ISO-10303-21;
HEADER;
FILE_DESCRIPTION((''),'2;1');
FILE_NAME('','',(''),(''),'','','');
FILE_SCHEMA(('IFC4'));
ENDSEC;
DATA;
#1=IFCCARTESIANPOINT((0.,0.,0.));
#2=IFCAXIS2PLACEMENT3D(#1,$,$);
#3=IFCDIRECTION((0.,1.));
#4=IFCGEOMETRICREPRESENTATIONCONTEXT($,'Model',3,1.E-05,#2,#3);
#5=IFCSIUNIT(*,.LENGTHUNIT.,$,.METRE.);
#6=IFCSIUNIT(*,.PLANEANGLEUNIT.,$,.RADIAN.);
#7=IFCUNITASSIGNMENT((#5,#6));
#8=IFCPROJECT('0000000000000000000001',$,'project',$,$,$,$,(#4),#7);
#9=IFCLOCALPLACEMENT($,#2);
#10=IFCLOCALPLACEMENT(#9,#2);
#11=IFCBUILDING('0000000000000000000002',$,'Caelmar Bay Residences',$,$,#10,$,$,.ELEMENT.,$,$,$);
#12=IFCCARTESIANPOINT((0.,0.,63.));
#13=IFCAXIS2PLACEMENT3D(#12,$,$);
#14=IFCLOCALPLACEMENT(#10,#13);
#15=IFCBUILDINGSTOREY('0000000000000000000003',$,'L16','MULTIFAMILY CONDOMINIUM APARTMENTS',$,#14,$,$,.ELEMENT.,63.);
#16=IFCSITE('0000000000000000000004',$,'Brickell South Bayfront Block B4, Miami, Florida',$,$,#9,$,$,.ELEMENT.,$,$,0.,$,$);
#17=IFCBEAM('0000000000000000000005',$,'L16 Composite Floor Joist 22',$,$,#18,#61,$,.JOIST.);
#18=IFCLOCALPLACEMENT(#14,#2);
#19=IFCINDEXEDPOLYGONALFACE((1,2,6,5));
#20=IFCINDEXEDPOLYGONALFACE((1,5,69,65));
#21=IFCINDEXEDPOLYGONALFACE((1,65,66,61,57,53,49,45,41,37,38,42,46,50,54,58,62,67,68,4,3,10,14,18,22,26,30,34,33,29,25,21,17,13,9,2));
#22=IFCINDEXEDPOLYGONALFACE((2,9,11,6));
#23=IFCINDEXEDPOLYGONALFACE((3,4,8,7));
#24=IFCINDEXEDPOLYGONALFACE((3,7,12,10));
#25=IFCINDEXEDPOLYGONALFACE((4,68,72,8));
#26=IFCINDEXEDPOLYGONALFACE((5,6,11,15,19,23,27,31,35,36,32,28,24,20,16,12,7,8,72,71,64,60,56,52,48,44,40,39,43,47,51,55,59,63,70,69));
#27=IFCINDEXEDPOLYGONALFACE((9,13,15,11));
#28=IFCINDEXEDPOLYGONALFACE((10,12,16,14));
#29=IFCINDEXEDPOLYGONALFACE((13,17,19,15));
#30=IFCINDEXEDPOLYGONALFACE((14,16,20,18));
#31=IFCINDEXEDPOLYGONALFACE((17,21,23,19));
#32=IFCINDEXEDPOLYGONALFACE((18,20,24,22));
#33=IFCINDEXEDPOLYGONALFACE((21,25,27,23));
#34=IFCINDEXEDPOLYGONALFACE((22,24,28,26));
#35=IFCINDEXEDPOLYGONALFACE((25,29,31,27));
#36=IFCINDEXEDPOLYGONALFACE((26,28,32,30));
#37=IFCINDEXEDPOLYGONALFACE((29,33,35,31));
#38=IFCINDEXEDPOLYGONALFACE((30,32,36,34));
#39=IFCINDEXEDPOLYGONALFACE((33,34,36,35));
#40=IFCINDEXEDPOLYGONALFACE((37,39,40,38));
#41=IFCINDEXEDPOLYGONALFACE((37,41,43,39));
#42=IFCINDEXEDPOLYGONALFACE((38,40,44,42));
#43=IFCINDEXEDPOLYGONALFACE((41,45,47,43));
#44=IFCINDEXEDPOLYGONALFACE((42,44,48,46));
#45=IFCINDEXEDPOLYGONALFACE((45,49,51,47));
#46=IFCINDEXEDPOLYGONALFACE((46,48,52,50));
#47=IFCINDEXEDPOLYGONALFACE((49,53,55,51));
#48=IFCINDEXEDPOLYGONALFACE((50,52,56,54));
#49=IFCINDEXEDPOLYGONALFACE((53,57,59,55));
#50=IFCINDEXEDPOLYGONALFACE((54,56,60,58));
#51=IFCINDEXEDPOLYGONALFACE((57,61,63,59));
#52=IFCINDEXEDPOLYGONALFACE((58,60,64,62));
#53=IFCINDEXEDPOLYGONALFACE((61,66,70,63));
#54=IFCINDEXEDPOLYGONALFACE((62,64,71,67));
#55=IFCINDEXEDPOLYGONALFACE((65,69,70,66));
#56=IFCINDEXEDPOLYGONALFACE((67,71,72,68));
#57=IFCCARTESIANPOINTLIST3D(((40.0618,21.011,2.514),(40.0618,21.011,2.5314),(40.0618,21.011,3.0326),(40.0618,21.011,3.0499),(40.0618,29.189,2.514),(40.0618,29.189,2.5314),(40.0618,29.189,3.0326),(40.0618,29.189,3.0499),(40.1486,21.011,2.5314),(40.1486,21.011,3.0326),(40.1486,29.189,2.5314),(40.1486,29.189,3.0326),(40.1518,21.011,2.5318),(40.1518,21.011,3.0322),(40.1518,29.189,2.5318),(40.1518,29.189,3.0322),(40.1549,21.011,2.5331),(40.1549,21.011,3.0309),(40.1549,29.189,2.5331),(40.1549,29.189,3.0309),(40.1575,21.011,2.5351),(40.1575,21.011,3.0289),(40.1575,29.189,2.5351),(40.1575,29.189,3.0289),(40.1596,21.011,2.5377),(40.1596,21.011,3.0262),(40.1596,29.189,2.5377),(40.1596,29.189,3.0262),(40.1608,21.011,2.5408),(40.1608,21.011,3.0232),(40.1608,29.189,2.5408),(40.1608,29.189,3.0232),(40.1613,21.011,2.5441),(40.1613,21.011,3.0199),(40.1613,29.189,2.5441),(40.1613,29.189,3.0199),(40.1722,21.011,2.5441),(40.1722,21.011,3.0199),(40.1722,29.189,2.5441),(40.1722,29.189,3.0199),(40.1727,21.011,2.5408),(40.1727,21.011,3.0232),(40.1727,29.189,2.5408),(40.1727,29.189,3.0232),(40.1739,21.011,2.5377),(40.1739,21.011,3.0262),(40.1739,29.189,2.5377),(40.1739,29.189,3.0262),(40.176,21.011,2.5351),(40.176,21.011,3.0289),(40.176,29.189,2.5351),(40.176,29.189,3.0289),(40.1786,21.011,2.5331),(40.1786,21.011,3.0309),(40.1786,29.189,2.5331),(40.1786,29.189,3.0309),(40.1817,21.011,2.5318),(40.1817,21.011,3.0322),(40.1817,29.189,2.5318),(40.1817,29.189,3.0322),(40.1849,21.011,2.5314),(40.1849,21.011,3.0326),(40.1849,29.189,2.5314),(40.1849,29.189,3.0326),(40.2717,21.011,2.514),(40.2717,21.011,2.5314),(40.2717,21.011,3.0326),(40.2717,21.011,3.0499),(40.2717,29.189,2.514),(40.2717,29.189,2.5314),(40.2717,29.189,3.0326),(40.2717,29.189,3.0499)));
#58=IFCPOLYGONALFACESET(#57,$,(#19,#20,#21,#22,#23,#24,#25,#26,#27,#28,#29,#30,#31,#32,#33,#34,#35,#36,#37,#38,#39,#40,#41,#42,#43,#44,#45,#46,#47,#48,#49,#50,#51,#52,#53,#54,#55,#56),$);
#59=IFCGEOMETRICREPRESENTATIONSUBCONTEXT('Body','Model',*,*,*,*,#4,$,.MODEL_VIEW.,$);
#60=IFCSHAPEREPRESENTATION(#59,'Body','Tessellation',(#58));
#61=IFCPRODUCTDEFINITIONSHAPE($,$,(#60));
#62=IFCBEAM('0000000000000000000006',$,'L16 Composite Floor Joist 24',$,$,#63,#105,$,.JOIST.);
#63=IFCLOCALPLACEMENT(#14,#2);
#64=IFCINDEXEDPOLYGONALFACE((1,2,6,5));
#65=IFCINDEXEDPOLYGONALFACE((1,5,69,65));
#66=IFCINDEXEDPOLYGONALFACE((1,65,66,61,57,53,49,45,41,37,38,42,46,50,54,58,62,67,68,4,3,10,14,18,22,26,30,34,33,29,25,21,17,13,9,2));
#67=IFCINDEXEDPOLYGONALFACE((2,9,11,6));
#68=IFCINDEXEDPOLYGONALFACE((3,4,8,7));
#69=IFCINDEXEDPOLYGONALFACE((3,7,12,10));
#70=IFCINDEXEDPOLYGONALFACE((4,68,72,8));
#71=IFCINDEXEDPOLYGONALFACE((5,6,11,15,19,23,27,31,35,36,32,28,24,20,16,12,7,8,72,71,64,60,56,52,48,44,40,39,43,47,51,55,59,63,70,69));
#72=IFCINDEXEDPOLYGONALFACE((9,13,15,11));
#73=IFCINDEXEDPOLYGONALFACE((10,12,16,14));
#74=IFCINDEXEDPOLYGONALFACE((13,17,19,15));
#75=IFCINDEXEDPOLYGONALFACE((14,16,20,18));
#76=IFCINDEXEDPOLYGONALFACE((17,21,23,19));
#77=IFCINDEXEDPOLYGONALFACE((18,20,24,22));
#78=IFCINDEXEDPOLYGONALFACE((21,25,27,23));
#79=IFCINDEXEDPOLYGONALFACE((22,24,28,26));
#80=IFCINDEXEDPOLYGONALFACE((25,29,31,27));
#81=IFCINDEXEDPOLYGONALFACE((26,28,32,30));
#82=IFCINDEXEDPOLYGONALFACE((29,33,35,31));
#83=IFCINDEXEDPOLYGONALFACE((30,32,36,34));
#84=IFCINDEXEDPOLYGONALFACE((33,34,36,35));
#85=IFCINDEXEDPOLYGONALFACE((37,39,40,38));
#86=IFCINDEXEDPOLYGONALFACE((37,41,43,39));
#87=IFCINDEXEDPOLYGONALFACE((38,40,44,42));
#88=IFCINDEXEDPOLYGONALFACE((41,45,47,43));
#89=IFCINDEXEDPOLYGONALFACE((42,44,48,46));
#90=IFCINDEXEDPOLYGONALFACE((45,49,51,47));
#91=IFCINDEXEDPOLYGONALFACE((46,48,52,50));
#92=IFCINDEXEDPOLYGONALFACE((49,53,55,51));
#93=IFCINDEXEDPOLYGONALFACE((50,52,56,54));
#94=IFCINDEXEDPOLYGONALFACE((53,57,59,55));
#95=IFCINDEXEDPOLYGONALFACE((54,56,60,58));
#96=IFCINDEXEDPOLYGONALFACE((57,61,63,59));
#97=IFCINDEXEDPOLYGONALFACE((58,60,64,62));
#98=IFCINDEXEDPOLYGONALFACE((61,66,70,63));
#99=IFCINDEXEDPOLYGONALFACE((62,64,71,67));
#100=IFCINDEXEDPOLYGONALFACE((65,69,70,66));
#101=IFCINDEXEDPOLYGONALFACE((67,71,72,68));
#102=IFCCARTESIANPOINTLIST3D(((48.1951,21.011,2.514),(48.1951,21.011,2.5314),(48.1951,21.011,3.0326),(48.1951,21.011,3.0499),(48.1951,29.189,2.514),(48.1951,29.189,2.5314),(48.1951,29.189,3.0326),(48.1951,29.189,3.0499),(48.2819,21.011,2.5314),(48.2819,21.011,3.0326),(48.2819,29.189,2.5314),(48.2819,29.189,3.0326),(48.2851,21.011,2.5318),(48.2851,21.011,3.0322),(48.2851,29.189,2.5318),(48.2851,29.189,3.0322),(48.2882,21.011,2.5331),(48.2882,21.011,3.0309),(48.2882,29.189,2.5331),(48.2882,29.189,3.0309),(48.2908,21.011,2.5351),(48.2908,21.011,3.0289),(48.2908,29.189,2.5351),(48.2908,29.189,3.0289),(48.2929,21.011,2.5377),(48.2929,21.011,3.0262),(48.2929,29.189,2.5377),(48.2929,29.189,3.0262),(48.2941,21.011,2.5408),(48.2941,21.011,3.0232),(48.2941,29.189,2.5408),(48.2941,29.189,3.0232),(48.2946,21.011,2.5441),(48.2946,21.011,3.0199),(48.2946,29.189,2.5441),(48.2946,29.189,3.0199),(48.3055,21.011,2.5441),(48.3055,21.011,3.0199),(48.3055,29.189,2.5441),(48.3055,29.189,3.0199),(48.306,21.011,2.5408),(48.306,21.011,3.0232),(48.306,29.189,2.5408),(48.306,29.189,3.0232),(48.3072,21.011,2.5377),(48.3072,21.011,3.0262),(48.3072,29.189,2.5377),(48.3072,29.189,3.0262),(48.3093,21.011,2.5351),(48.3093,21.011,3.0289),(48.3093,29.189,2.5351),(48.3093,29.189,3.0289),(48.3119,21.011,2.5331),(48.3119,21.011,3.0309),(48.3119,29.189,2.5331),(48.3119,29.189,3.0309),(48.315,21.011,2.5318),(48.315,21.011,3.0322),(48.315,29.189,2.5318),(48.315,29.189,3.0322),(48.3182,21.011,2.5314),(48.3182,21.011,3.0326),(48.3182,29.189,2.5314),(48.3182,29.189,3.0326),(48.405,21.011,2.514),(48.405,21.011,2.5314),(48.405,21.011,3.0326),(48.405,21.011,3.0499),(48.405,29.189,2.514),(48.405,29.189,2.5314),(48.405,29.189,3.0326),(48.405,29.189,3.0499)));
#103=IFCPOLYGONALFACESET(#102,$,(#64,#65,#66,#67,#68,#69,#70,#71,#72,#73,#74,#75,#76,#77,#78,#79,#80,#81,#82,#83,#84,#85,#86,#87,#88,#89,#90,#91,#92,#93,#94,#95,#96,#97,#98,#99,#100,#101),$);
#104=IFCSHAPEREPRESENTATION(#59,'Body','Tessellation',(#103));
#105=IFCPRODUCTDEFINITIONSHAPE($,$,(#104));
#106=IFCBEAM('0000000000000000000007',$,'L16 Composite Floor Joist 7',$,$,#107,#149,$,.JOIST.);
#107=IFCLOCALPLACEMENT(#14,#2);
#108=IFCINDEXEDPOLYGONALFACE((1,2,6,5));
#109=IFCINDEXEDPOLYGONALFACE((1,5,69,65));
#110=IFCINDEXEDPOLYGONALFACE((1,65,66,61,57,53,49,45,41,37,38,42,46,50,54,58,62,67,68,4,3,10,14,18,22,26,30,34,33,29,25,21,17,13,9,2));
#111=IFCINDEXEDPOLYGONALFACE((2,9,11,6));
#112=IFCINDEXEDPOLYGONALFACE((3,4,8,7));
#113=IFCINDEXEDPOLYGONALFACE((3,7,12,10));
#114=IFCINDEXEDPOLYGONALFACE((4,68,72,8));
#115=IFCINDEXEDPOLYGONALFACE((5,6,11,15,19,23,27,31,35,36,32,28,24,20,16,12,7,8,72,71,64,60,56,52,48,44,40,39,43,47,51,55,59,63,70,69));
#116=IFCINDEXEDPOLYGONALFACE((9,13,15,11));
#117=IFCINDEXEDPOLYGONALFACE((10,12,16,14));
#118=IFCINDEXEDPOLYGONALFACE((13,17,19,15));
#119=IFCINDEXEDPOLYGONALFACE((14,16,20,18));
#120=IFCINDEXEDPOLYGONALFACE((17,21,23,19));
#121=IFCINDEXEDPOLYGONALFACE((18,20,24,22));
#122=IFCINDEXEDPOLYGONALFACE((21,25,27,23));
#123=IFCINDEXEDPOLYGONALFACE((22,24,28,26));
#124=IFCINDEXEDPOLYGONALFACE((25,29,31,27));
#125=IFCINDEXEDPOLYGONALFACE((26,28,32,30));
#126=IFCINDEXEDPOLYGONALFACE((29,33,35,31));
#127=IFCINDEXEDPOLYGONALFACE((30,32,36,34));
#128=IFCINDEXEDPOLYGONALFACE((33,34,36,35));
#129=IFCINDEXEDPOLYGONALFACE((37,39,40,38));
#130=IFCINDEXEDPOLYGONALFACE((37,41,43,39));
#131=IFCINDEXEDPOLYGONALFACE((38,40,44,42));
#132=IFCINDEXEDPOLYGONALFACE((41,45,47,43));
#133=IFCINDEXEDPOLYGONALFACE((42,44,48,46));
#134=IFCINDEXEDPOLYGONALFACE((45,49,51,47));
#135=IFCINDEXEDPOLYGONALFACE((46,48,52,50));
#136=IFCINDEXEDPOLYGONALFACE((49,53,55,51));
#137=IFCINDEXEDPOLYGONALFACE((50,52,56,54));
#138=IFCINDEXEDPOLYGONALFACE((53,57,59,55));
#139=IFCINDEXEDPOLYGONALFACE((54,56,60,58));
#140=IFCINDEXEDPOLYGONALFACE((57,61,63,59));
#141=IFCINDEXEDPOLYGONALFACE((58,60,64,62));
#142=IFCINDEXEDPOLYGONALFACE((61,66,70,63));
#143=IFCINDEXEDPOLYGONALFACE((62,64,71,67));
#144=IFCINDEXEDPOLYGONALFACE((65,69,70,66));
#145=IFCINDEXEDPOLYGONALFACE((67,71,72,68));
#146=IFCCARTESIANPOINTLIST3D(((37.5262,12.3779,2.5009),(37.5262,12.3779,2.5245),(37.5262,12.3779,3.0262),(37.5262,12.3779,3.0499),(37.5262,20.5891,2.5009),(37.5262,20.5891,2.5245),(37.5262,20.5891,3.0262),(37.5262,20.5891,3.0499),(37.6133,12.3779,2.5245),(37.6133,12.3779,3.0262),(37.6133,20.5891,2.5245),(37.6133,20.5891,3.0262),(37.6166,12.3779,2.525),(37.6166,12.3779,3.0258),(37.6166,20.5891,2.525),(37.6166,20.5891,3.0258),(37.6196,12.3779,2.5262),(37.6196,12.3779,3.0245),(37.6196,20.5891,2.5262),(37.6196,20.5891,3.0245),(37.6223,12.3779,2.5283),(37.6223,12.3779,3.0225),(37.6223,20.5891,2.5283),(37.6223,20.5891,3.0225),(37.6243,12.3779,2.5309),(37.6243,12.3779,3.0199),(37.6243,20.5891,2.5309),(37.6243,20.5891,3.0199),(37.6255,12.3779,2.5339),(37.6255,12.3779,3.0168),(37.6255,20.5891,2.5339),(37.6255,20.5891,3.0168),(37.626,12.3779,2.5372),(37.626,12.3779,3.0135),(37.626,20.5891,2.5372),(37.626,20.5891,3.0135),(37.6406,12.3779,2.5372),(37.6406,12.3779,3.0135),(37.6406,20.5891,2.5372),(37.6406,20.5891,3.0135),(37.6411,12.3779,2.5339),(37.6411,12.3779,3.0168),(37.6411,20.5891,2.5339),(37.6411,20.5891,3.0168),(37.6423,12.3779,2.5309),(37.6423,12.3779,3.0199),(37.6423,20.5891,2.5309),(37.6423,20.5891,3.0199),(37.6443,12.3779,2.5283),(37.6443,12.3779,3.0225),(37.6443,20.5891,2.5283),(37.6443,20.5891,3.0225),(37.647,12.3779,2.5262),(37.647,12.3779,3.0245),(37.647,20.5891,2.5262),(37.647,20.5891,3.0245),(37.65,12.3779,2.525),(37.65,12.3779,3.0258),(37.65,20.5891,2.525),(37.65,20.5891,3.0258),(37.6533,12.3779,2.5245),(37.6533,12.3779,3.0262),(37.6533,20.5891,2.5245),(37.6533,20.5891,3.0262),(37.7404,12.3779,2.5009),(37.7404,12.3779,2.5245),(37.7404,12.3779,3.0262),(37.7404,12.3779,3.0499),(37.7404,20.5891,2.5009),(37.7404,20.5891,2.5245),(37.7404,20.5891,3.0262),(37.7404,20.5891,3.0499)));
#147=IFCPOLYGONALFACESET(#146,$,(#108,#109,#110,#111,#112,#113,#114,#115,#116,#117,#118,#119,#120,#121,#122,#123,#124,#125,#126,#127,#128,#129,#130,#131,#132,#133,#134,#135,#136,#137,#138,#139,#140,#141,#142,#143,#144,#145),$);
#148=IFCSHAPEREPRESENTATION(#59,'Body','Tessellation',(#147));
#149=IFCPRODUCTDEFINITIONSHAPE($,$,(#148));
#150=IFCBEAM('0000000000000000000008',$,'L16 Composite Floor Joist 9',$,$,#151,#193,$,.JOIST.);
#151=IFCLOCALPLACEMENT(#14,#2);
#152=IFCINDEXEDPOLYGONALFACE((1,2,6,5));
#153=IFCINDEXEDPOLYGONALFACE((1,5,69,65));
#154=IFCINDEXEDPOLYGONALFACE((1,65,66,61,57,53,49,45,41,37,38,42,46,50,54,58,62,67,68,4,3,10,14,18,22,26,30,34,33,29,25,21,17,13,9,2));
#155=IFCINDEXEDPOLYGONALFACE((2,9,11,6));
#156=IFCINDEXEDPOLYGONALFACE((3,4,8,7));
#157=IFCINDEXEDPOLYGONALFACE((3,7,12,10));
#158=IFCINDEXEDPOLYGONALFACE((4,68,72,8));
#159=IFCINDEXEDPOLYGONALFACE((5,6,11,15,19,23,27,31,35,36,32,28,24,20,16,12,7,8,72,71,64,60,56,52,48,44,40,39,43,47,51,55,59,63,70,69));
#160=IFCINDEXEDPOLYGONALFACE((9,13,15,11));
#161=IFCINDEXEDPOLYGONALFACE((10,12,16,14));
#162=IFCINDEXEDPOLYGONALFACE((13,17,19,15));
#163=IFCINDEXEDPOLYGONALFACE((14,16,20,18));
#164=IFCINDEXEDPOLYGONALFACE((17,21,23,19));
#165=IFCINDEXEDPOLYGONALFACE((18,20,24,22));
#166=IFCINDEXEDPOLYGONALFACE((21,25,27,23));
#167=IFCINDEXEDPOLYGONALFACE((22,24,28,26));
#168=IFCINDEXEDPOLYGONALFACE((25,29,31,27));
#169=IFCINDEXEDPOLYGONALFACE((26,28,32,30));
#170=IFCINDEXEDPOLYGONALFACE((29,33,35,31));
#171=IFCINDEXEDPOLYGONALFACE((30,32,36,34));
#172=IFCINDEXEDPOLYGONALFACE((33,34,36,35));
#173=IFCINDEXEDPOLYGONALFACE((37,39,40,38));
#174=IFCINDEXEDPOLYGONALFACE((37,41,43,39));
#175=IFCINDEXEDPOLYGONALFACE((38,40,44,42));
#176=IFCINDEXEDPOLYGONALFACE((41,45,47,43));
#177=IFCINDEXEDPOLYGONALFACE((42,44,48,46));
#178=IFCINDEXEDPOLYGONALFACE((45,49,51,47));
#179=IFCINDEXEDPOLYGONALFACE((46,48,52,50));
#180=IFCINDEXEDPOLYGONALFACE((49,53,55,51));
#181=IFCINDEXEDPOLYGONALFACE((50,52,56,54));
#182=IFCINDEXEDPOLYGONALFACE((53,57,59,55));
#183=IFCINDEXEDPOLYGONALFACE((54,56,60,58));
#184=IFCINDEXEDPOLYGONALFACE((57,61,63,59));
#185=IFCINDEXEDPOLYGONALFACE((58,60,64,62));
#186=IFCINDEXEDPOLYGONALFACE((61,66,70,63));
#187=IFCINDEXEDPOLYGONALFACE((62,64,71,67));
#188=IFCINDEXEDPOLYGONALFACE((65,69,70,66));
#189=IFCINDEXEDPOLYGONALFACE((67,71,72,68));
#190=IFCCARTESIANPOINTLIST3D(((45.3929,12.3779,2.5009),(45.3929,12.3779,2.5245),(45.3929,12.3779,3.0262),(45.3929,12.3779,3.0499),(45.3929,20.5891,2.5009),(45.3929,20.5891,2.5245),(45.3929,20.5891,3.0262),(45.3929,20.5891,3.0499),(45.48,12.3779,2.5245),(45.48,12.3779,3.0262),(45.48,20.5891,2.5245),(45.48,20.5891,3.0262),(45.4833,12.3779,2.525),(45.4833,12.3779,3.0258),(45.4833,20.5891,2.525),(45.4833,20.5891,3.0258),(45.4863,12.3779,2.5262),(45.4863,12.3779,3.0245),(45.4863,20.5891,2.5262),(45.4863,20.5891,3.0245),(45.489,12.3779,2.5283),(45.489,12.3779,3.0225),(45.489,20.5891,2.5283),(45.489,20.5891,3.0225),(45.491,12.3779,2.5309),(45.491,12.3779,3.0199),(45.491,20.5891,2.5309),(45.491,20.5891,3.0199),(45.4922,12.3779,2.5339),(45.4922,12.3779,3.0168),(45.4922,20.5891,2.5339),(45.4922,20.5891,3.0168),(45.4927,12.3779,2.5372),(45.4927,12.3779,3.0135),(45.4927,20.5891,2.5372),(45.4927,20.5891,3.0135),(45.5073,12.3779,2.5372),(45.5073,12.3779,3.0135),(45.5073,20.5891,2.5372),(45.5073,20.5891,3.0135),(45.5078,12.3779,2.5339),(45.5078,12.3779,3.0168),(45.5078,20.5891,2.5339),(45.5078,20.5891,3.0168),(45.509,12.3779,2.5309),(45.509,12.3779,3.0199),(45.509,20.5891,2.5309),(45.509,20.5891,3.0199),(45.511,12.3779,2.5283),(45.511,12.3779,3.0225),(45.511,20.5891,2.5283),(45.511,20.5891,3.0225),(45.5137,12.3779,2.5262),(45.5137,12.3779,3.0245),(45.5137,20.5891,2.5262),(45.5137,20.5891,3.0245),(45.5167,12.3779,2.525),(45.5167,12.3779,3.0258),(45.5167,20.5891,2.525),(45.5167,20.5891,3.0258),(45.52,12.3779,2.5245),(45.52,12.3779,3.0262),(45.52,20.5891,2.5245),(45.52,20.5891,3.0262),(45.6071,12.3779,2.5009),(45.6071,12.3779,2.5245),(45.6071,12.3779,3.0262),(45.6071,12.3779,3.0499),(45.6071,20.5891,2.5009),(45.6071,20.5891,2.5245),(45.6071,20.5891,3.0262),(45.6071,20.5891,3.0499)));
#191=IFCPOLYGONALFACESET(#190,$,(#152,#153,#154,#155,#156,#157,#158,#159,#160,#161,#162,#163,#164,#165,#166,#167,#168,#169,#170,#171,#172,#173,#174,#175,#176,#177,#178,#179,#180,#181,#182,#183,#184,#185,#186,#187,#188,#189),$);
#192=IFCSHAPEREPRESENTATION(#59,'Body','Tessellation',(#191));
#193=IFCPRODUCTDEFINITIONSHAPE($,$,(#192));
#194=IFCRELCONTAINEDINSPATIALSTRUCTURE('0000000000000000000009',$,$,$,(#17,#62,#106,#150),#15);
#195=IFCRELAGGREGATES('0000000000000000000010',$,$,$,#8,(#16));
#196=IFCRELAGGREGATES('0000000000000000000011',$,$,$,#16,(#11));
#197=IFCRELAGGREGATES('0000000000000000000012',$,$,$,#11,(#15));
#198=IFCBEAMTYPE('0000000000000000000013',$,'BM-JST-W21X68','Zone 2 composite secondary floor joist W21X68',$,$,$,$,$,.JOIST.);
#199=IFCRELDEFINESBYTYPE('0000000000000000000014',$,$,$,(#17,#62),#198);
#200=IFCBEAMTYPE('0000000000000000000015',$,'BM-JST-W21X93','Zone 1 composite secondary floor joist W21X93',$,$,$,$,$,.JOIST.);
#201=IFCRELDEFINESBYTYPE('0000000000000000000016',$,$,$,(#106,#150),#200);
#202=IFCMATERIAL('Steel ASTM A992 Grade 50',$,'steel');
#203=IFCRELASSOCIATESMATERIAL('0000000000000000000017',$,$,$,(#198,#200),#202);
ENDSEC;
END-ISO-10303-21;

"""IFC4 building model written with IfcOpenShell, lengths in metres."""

from ifc_helpers import new_model, si_unit, direction, frame, origin, origin_2d, place, context, subcontext, project, spatial, i_section, extrude, material, material_profile, profile_set, type_object, element, save


model = new_model("IFC4")

# Units and contexts
model_context = context("Model", 3, precision=1e-05, world=origin(), true_north=direction((0.0, 1.0)))
body_context = subcontext(model_context, "Body", "Model", "MODEL_VIEW")
ifc_project = project(units=[si_unit("LENGTHUNIT", "METRE"), si_unit("PLANEANGLEUNIT", "RADIAN")], contexts=[model_context])

# Site, building, storey
site_placement = place(None, origin())
site = spatial("IfcSite", under=ifc_project, at=site_placement, Name="Brickell South Bayfront Block B4, Miami, Florida", CompositionType="ELEMENT", RefElevation=0.0)
building_placement = place(site_placement, origin())
building = spatial("IfcBuilding", under=site, at=building_placement, Name="Caelmar Bay Residences", CompositionType="ELEMENT")
storey_placement = place(building_placement, frame((0.0, 0.0, 63.0)))
storey = spatial("IfcBuildingStorey", under=building, at=storey_placement, Name="L16", Description="MULTIFAMILY CONDOMINIUM APARTMENTS", CompositionType="ELEMENT", Elevation=63.0)

# Beams
ifc_material_1 = material(Name="Steel ASTM A992 Grade 50", Category="steel")
ifc_material_profile_1 = material_profile(ifc_material_1, i_section(OverallWidth=0.21, OverallDepth=0.5359, WebThickness=0.011, FlangeThickness=0.0173, FilletRadius=0.0127, at=origin_2d()), Name="W21X68")
ifc_profile_set_1 = profile_set([ifc_material_profile_1], Name="Steel ASTM A992 Grade 50")
beam_type_1 = type_object("IfcBeamType", Name="BM-JST-W21X68", Description="Zone 2 composite secondary floor joist W21X68", PredefinedType="JOIST", material=ifc_profile_set_1)
for number, where, z_axis, x_axis, name in (
    (1, (40.1667, 21.011, 2.782), (0.0, 1.0, 0.0), (-1.0, 0.0, 0.0), "L16 Composite Floor Joist 22"),
    (2, (48.3, 21.011, 2.782), (0.0, 1.0, 0.0), (-1.0, 0.0, 0.0), "L16 Composite Floor Joist 24"),
):
    element("IfcBeam", number, at=place(storey_placement, frame(where, z_axis=z_axis, x_axis=x_axis)), inside=storey, type_object=beam_type_1, Name=name, PredefinedType="JOIST", context=body_context, shape_type="SweptSolid", body=[
        extrude(i_section(OverallWidth=0.21, OverallDepth=0.5359, WebThickness=0.011, FlangeThickness=0.0173, FilletRadius=0.0127, at=origin_2d()), origin(), (0.0, 0.0, 1.0), 8.178),
    ])
ifc_material_profile_2 = material_profile(ifc_material_1, i_section(OverallWidth=0.2141, OverallDepth=0.5491, WebThickness=0.0146, FlangeThickness=0.0237, FilletRadius=0.0127, at=origin_2d()), Name="W21X93")
ifc_profile_set_2 = profile_set([ifc_material_profile_2], Name="Steel ASTM A992 Grade 50")
beam_type_2 = type_object("IfcBeamType", Name="BM-JST-W21X93", Description="Zone 1 composite secondary floor joist W21X93", PredefinedType="JOIST", material=ifc_profile_set_2)
for number, where, z_axis, x_axis, name in (
    (3, (37.6333, 12.3779, 2.7754), (0.0, 1.0, 0.0), (-1.0, 0.0, 0.0), "L16 Composite Floor Joist 7"),
    (4, (45.5, 12.3779, 2.7754), (0.0, 1.0, 0.0), (-1.0, 0.0, 0.0), "L16 Composite Floor Joist 9"),
):
    element("IfcBeam", number, at=place(storey_placement, frame(where, z_axis=z_axis, x_axis=x_axis)), inside=storey, type_object=beam_type_2, Name=name, PredefinedType="JOIST", context=body_context, shape_type="SweptSolid", body=[
        extrude(i_section(OverallWidth=0.2141, OverallDepth=0.5491, WebThickness=0.0146, FlangeThickness=0.0237, FilletRadius=0.0127, at=origin_2d()), origin(), (0.0, 0.0, 1.0), 8.2112),
    ])

save(model, "model.ifc")
